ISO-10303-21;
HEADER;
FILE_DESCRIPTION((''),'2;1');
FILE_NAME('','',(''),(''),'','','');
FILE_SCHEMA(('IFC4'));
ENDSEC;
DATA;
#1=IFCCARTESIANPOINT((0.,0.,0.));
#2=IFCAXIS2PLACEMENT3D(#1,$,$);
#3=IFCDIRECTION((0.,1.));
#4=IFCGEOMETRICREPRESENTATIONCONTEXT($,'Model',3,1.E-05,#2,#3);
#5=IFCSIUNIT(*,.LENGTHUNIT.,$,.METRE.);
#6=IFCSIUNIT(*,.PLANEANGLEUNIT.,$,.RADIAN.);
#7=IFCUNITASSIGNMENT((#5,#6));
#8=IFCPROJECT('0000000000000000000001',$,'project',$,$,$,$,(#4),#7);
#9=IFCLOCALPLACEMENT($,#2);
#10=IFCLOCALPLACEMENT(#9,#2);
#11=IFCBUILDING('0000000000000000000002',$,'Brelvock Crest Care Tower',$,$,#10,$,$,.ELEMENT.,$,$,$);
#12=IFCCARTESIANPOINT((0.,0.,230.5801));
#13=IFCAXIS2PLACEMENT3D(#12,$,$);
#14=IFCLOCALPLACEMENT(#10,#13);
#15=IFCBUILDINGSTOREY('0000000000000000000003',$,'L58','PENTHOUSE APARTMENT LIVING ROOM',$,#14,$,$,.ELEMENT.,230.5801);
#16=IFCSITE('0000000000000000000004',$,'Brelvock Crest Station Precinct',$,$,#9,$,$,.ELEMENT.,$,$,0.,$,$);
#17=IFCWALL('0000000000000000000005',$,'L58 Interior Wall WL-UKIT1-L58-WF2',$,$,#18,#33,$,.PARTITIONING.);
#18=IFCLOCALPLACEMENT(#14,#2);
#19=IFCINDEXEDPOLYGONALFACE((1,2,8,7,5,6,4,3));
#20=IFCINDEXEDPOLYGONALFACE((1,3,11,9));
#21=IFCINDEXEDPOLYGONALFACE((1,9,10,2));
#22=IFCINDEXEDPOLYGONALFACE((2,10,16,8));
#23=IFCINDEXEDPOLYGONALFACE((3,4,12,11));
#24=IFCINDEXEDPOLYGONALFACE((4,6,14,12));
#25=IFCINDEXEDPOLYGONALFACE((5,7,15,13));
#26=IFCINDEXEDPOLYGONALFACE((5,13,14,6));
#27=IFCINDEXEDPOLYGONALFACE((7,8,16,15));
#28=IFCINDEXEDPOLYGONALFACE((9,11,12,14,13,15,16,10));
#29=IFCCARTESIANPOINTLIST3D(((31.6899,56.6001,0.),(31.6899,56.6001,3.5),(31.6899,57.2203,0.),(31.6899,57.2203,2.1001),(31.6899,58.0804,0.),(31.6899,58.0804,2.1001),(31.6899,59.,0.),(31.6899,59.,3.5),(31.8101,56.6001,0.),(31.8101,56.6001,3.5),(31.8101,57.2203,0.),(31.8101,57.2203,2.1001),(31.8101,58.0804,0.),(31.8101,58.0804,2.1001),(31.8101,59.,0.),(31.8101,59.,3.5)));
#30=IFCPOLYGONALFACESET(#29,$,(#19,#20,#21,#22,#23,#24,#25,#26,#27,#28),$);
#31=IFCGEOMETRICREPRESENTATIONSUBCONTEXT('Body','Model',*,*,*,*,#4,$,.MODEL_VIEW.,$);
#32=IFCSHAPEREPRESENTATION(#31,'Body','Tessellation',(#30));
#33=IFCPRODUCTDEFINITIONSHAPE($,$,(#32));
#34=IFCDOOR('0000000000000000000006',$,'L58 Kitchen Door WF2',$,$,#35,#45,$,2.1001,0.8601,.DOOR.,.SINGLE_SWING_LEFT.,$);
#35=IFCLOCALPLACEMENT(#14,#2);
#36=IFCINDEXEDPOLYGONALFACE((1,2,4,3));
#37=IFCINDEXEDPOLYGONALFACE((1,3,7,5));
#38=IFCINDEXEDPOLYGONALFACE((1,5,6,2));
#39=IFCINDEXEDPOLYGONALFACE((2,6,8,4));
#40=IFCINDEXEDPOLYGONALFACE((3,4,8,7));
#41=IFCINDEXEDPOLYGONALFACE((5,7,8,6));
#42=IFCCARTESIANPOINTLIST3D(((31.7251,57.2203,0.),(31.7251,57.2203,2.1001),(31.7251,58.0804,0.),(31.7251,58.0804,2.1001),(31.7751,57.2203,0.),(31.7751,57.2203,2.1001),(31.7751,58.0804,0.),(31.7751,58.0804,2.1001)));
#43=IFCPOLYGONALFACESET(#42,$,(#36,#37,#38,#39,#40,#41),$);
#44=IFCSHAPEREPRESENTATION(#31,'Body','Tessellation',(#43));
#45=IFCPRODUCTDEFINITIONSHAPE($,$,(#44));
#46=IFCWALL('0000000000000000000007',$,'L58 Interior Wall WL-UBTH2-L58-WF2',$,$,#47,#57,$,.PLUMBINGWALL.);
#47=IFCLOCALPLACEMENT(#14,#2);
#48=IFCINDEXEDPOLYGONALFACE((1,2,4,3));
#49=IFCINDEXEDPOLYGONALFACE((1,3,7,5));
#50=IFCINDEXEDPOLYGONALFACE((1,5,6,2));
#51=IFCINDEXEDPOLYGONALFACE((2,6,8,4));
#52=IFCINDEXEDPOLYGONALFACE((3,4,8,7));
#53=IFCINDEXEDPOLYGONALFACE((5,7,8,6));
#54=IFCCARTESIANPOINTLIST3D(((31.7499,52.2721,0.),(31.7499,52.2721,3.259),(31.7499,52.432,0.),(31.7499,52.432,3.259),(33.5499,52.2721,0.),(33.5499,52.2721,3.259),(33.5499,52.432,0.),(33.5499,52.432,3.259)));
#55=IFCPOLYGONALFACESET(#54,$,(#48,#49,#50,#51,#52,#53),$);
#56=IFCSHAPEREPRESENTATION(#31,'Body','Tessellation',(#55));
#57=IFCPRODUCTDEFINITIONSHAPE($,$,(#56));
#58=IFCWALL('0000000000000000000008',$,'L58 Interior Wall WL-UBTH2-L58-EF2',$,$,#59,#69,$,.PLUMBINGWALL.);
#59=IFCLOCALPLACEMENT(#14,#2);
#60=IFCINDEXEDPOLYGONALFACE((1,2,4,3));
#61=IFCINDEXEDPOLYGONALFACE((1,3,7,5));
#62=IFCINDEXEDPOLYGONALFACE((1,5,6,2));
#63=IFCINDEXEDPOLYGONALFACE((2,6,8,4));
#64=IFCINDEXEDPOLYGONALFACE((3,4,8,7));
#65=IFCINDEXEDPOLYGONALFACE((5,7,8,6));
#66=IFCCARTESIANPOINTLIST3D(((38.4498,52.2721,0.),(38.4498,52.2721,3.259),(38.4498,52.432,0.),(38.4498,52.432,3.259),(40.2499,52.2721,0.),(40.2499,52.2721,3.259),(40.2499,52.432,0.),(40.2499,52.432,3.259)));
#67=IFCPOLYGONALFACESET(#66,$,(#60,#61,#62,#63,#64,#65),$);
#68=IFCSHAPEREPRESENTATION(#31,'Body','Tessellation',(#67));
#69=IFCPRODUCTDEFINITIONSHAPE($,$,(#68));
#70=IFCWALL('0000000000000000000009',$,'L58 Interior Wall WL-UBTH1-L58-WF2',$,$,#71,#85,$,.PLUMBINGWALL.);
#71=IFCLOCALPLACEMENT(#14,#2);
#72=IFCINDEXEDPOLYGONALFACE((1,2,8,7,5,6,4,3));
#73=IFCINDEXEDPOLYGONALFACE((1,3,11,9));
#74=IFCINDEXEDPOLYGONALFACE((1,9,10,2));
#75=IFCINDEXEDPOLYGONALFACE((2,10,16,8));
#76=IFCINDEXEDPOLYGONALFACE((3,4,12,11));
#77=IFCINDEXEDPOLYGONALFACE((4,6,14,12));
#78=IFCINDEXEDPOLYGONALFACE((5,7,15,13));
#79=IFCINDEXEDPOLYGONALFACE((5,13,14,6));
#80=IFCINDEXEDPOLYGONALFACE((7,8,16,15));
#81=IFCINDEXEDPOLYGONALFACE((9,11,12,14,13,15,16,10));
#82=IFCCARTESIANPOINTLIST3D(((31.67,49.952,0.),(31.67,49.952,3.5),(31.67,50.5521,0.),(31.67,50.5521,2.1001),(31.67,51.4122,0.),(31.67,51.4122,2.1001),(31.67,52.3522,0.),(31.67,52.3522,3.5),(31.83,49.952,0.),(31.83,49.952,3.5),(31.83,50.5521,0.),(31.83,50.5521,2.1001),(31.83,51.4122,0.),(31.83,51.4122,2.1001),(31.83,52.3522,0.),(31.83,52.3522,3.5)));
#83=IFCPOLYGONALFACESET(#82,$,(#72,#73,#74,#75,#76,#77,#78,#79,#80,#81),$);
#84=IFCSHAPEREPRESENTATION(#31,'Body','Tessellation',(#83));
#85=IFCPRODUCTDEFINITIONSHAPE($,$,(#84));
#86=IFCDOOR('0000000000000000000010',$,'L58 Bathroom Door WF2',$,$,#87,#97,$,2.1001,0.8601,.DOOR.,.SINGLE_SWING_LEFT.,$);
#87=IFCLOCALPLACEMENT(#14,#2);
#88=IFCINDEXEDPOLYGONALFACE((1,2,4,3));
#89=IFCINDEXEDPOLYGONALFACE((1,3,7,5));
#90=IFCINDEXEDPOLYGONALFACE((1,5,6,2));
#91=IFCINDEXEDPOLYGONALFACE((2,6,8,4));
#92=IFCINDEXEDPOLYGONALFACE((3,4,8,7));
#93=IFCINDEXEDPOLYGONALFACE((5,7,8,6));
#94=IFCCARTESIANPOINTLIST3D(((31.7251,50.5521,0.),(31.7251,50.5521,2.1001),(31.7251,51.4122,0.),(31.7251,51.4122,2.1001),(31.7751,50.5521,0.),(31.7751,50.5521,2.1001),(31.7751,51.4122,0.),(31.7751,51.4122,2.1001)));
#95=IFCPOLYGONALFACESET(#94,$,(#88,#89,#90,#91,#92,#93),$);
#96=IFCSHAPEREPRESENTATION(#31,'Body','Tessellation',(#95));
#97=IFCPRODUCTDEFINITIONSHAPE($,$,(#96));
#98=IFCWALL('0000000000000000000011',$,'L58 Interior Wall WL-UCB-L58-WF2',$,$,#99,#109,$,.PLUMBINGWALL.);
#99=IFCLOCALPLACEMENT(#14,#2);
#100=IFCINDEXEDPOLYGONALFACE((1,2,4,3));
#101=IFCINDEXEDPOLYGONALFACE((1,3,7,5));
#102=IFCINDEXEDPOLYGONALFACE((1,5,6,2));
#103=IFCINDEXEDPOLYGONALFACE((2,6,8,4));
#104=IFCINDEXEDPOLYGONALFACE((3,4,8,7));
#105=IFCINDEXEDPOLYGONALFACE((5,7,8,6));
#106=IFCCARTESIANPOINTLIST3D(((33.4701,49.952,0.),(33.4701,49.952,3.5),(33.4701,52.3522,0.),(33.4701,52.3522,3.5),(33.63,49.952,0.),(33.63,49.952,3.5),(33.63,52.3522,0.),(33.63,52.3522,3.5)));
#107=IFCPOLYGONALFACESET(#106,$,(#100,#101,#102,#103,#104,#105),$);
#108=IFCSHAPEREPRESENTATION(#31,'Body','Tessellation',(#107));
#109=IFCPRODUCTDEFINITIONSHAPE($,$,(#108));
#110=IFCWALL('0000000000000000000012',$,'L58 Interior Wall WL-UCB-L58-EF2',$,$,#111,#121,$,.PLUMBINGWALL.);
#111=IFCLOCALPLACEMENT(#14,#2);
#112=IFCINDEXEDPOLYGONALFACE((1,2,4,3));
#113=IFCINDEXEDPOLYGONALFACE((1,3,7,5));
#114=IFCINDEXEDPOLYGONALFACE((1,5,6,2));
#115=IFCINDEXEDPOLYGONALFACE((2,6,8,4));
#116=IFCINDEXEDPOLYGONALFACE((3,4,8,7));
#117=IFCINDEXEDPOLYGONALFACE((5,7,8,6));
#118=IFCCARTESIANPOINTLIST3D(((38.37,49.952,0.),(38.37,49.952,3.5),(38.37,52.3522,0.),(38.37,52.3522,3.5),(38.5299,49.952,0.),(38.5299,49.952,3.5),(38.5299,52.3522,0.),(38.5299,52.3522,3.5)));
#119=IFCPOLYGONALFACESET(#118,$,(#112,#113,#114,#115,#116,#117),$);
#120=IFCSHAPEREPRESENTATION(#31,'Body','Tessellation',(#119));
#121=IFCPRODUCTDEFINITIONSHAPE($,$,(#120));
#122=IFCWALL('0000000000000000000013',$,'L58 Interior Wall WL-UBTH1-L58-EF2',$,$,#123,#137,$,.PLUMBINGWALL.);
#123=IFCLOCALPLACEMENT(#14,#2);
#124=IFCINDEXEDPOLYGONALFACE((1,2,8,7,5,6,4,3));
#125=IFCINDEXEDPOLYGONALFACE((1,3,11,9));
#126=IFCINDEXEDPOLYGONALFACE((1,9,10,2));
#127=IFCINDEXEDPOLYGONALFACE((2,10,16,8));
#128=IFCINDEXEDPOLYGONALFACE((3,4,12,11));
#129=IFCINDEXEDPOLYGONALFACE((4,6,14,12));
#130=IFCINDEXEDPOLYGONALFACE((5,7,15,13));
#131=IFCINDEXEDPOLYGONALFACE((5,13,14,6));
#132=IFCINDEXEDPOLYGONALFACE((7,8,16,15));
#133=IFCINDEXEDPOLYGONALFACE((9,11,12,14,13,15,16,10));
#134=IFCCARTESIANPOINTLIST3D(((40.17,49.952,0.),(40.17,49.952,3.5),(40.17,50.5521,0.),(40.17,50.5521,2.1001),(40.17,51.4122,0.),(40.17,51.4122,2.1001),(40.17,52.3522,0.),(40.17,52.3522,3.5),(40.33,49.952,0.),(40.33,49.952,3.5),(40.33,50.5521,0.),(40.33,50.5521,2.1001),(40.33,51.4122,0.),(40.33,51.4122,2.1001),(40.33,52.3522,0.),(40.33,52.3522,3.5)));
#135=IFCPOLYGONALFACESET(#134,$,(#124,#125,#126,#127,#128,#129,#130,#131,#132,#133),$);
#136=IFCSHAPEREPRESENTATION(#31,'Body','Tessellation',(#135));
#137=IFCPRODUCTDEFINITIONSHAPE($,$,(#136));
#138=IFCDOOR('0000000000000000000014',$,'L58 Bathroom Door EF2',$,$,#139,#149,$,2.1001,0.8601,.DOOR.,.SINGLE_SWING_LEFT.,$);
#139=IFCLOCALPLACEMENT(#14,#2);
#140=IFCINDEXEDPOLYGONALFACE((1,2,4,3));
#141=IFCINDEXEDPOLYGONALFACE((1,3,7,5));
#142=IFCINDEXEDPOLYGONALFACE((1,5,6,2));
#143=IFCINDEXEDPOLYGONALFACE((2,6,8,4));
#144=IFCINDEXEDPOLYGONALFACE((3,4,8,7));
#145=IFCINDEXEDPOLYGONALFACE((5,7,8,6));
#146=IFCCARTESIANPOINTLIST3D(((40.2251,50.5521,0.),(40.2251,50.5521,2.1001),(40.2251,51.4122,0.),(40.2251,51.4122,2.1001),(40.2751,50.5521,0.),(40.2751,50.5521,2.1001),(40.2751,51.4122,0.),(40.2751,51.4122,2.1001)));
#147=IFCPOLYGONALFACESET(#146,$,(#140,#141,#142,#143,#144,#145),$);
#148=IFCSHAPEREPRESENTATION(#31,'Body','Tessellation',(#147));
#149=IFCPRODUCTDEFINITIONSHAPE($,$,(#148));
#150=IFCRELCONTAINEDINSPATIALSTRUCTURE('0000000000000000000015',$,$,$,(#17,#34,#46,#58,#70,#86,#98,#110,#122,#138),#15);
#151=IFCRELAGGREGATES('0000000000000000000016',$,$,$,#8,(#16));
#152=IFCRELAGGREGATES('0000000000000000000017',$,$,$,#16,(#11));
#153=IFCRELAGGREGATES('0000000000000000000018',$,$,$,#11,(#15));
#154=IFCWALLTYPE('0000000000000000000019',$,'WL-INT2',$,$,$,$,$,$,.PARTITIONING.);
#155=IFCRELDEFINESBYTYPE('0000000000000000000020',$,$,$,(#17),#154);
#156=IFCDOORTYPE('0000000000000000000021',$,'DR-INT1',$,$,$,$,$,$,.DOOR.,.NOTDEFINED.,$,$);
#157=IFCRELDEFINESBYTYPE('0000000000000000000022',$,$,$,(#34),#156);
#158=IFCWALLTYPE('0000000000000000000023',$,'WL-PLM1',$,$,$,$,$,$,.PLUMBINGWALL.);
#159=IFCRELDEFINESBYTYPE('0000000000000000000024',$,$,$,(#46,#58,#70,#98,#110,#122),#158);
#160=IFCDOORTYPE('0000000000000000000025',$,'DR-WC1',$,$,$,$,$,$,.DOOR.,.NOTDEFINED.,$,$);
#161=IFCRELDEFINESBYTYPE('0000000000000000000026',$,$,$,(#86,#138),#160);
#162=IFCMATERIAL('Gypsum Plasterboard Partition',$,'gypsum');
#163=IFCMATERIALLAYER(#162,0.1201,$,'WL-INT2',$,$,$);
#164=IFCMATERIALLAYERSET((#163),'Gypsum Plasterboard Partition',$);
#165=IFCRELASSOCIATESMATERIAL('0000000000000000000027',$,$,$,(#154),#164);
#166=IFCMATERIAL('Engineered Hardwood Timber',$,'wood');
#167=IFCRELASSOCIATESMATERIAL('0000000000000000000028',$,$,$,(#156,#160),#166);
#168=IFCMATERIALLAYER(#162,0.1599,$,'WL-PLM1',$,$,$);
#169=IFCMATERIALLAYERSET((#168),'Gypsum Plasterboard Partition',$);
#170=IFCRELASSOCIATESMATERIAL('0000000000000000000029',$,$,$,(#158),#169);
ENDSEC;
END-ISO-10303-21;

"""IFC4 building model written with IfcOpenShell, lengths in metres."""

from ifc_helpers import new_model, si_unit, direction, frame, frame_2d, origin, origin_2d, place, context, subcontext, project, spatial, rectangle, extrude, source, transform, mapped, material, layer, layer_set, type_object, element, fill, save


model = new_model("IFC4")

# Units and contexts
model_context = context("Model", 3, precision=1e-05, world=origin(), true_north=direction((0.0, 1.0)))
body_context = subcontext(model_context, "Body", "Model", "MODEL_VIEW")
ifc_project = project(units=[si_unit("LENGTHUNIT", "METRE"), si_unit("PLANEANGLEUNIT", "RADIAN")], contexts=[model_context])

# Site, building, storey
site_placement = place(None, origin())
site = spatial("IfcSite", under=ifc_project, at=site_placement, Name="Brelvock Crest Station Precinct", CompositionType="ELEMENT", RefElevation=0.0)
building_placement = place(site_placement, origin())
building = spatial("IfcBuilding", under=site, at=building_placement, Name="Brelvock Crest Care Tower", CompositionType="ELEMENT")
storey_placement = place(building_placement, frame((0.0, 0.0, 230.5801)))
storey = spatial("IfcBuildingStorey", under=building, at=storey_placement, Name="L58", Description="PENTHOUSE APARTMENT LIVING ROOM", CompositionType="ELEMENT", Elevation=230.5801)

# Shared definitions
ifc_material_1 = material(Name="Engineered Hardwood Timber", Category="wood")

# Shared definitions
ifc_material_2 = material(Name="Gypsum Plasterboard Partition", Category="gypsum")
ifc_layer_1 = layer(ifc_material_2, 0.1201, Name="WL-INT2")
ifc_layer_set_1 = layer_set([ifc_layer_1], Name="Gypsum Plasterboard Partition")
wall_type_1 = type_object("IfcWallType", Name="WL-INT2", PredefinedType="PARTITIONING", material=ifc_layer_set_1)

# Wall, opening, door
wall_1_placement = place(storey_placement, frame((31.75, 56.6001, 0.0), z_axis=(0.0, 0.0, 1.0), x_axis=(0.0, 1.0, 0.0)))
wall_1 = element("IfcWall", 1, at=wall_1_placement, inside=storey, type_object=wall_type_1, Name="L58 Interior Wall WL-UKIT1-L58-WF2", PredefinedType="PARTITIONING", context=body_context, shape_type="SweptSolid", body=[
    extrude(rectangle(XDim=2.3999, YDim=0.1201, at=frame_2d((1.2, 0.0))), origin(), (0.0, 0.0, 1.0), 3.5),
])
opening_1_placement = place(wall_1_placement, frame((0.6201, 0.0, 0.0)))
opening_1 = element("IfcOpeningElement", 2, at=opening_1_placement, cuts=wall_1, PredefinedType="OPENING", context=body_context, shape_type="SweptSolid", body=[
    extrude(rectangle(XDim=0.8601, YDim=2.1001, at=origin_2d()), frame((0.4302, 0.0701, 1.05), z_axis=(0.0, -1.0, 0.0), x_axis=(1.0, 0.0, 0.0)), (0.0, 0.0, 1.0), 0.1401),
])
door_type_1 = type_object("IfcDoorType", Name="DR-INT1", OperationType="NOTDEFINED", PredefinedType="DOOR", material=ifc_material_1)
shared_shape_1 = source(origin(), body_context, "Body", "SweptSolid", [
    extrude(rectangle(XDim=0.8601, YDim=2.1001, at=origin_2d()), frame((0.4302, 0.0249, 1.05), z_axis=(0.0, -1.0, 0.0), x_axis=(1.0, 0.0, 0.0)), (0.0, 0.0, 1.0), 0.05),
])
door_1_placement = place(opening_1_placement, origin())
door_1 = element("IfcDoor", 3, at=door_1_placement, inside=storey, type_object=door_type_1, Name="L58 Kitchen Door WF2", OperationType="SINGLE_SWING_LEFT", OverallHeight=2.1001, OverallWidth=0.8601, PredefinedType="DOOR", context=body_context, shape_type="MappedRepresentation", body=[
    mapped(shared_shape_1, transform((0.0, 0.0, 0.0), x_axis=(1.0, 0.0, 0.0), y_axis=(0.0, 1.0, 0.0), z_axis=(0.0, 0.0, 1.0), scale=1.0)),
])
fill(opening_1, door_1)

# Walls
ifc_layer_2 = layer(ifc_material_2, 0.1599, Name="WL-PLM1")
ifc_layer_set_2 = layer_set([ifc_layer_2], Name="Gypsum Plasterboard Partition")
wall_type_2 = type_object("IfcWallType", Name="WL-PLM1", PredefinedType="PLUMBINGWALL", material=ifc_layer_set_2)
for number, where, z_axis, x_axis, name in (
    (4, (31.75, 52.3521, 0.0), (0.0, 0.0, 1.0), (1.0, 0.0, 0.0), "L58 Interior Wall WL-UBTH2-L58-WF2"),
    (5, (38.45, 52.3521, 0.0), (0.0, 0.0, 1.0), (1.0, 0.0, 0.0), "L58 Interior Wall WL-UBTH2-L58-EF2"),
):
    element("IfcWall", number, at=place(storey_placement, frame(where, z_axis=z_axis, x_axis=x_axis)), inside=storey, type_object=wall_type_2, Name=name, PredefinedType="PLUMBINGWALL", context=body_context, shape_type="SweptSolid", body=[
        extrude(rectangle(XDim=1.8, YDim=0.1599, at=frame_2d((0.8999, 0.0))), origin(), (0.0, 0.0, 1.0), 3.259),
    ])

# Wall, opening, door
wall_2_placement = place(storey_placement, frame((31.75, 49.9519, 0.0), z_axis=(0.0, 0.0, 1.0), x_axis=(0.0, 1.0, 0.0)))
wall_2 = element("IfcWall", 6, at=wall_2_placement, inside=storey, type_object=wall_type_2, Name="L58 Interior Wall WL-UBTH1-L58-WF2", PredefinedType="PLUMBINGWALL", context=body_context, shape_type="SweptSolid", body=[
    extrude(rectangle(XDim=2.4001, YDim=0.1599, at=frame_2d((1.2002, 0.0))), origin(), (0.0, 0.0, 1.0), 3.5),
])
opening_2_placement = place(wall_2_placement, frame((0.6001, 0.0, 0.0)))
opening_2 = element("IfcOpeningElement", 7, at=opening_2_placement, cuts=wall_2, PredefinedType="OPENING", context=body_context, shape_type="SweptSolid", body=[
    extrude(rectangle(XDim=0.8601, YDim=2.1001, at=origin_2d()), frame((0.4302, 0.0898, 1.05), z_axis=(0.0, -1.0, 0.0), x_axis=(1.0, 0.0, 0.0)), (0.0, 0.0, 1.0), 0.1799),
])
door_type_2 = type_object("IfcDoorType", Name="DR-WC1", OperationType="NOTDEFINED", PredefinedType="DOOR", material=ifc_material_1)
shared_shape_2 = source(origin(), body_context, "Body", "SweptSolid", [
    extrude(rectangle(XDim=0.8601, YDim=2.1001, at=origin_2d()), frame((0.4302, 0.0249, 1.05), z_axis=(0.0, -1.0, 0.0), x_axis=(1.0, 0.0, 0.0)), (0.0, 0.0, 1.0), 0.05),
])
door_2_placement = place(opening_2_placement, origin())
door_2 = element("IfcDoor", 8, at=door_2_placement, inside=storey, type_object=door_type_2, Name="L58 Bathroom Door WF2", OperationType="SINGLE_SWING_LEFT", OverallHeight=2.1001, OverallWidth=0.8601, PredefinedType="DOOR", context=body_context, shape_type="MappedRepresentation", body=[
    mapped(shared_shape_2, transform((0.0, 0.0, 0.0), x_axis=(1.0, 0.0, 0.0), y_axis=(0.0, 1.0, 0.0), z_axis=(0.0, 0.0, 1.0), scale=1.0)),
])
fill(opening_2, door_2)

# Walls
for number, where, z_axis, x_axis, name in (
    (9, (33.55, 49.9519, 0.0), (0.0, 0.0, 1.0), (0.0, 1.0, 0.0), "L58 Interior Wall WL-UCB-L58-WF2"),
    (10, (38.45, 49.9519, 0.0), (0.0, 0.0, 1.0), (0.0, 1.0, 0.0), "L58 Interior Wall WL-UCB-L58-EF2"),
):
    element("IfcWall", number, at=place(storey_placement, frame(where, z_axis=z_axis, x_axis=x_axis)), inside=storey, type_object=wall_type_2, Name=name, PredefinedType="PLUMBINGWALL", context=body_context, shape_type="SweptSolid", body=[
        extrude(rectangle(XDim=2.4001, YDim=0.1599, at=frame_2d((1.2002, 0.0))), origin(), (0.0, 0.0, 1.0), 3.5),
    ])

# Wall, opening, door
wall_3_placement = place(storey_placement, frame((40.25, 49.9519, 0.0), z_axis=(0.0, 0.0, 1.0), x_axis=(0.0, 1.0, 0.0)))
wall_3 = element("IfcWall", 11, at=wall_3_placement, inside=storey, type_object=wall_type_2, Name="L58 Interior Wall WL-UBTH1-L58-EF2", PredefinedType="PLUMBINGWALL", context=body_context, shape_type="SweptSolid", body=[
    extrude(rectangle(XDim=2.4001, YDim=0.1599, at=frame_2d((1.2002, 0.0))), origin(), (0.0, 0.0, 1.0), 3.5),
])
opening_3_placement = place(wall_3_placement, frame((0.6001, 0.0, 0.0)))
opening_3 = element("IfcOpeningElement", 12, at=opening_3_placement, cuts=wall_3, PredefinedType="OPENING", context=body_context, shape_type="SweptSolid", body=[
    extrude(rectangle(XDim=0.8601, YDim=2.1001, at=origin_2d()), frame((0.4302, 0.0898, 1.05), z_axis=(0.0, -1.0, 0.0), x_axis=(1.0, 0.0, 0.0)), (0.0, 0.0, 1.0), 0.1799),
])
door_3_placement = place(opening_3_placement, origin())
door_3 = element("IfcDoor", 13, at=door_3_placement, inside=storey, type_object=door_type_2, Name="L58 Bathroom Door EF2", OperationType="SINGLE_SWING_LEFT", OverallHeight=2.1001, OverallWidth=0.8601, PredefinedType="DOOR", context=body_context, shape_type="MappedRepresentation", body=[
    mapped(shared_shape_2, transform((0.0, 0.0, 0.0), x_axis=(1.0, 0.0, 0.0), y_axis=(0.0, 1.0, 0.0), z_axis=(0.0, 0.0, 1.0), scale=1.0)),
])
fill(opening_3, door_3)

save(model, "model.ifc")
